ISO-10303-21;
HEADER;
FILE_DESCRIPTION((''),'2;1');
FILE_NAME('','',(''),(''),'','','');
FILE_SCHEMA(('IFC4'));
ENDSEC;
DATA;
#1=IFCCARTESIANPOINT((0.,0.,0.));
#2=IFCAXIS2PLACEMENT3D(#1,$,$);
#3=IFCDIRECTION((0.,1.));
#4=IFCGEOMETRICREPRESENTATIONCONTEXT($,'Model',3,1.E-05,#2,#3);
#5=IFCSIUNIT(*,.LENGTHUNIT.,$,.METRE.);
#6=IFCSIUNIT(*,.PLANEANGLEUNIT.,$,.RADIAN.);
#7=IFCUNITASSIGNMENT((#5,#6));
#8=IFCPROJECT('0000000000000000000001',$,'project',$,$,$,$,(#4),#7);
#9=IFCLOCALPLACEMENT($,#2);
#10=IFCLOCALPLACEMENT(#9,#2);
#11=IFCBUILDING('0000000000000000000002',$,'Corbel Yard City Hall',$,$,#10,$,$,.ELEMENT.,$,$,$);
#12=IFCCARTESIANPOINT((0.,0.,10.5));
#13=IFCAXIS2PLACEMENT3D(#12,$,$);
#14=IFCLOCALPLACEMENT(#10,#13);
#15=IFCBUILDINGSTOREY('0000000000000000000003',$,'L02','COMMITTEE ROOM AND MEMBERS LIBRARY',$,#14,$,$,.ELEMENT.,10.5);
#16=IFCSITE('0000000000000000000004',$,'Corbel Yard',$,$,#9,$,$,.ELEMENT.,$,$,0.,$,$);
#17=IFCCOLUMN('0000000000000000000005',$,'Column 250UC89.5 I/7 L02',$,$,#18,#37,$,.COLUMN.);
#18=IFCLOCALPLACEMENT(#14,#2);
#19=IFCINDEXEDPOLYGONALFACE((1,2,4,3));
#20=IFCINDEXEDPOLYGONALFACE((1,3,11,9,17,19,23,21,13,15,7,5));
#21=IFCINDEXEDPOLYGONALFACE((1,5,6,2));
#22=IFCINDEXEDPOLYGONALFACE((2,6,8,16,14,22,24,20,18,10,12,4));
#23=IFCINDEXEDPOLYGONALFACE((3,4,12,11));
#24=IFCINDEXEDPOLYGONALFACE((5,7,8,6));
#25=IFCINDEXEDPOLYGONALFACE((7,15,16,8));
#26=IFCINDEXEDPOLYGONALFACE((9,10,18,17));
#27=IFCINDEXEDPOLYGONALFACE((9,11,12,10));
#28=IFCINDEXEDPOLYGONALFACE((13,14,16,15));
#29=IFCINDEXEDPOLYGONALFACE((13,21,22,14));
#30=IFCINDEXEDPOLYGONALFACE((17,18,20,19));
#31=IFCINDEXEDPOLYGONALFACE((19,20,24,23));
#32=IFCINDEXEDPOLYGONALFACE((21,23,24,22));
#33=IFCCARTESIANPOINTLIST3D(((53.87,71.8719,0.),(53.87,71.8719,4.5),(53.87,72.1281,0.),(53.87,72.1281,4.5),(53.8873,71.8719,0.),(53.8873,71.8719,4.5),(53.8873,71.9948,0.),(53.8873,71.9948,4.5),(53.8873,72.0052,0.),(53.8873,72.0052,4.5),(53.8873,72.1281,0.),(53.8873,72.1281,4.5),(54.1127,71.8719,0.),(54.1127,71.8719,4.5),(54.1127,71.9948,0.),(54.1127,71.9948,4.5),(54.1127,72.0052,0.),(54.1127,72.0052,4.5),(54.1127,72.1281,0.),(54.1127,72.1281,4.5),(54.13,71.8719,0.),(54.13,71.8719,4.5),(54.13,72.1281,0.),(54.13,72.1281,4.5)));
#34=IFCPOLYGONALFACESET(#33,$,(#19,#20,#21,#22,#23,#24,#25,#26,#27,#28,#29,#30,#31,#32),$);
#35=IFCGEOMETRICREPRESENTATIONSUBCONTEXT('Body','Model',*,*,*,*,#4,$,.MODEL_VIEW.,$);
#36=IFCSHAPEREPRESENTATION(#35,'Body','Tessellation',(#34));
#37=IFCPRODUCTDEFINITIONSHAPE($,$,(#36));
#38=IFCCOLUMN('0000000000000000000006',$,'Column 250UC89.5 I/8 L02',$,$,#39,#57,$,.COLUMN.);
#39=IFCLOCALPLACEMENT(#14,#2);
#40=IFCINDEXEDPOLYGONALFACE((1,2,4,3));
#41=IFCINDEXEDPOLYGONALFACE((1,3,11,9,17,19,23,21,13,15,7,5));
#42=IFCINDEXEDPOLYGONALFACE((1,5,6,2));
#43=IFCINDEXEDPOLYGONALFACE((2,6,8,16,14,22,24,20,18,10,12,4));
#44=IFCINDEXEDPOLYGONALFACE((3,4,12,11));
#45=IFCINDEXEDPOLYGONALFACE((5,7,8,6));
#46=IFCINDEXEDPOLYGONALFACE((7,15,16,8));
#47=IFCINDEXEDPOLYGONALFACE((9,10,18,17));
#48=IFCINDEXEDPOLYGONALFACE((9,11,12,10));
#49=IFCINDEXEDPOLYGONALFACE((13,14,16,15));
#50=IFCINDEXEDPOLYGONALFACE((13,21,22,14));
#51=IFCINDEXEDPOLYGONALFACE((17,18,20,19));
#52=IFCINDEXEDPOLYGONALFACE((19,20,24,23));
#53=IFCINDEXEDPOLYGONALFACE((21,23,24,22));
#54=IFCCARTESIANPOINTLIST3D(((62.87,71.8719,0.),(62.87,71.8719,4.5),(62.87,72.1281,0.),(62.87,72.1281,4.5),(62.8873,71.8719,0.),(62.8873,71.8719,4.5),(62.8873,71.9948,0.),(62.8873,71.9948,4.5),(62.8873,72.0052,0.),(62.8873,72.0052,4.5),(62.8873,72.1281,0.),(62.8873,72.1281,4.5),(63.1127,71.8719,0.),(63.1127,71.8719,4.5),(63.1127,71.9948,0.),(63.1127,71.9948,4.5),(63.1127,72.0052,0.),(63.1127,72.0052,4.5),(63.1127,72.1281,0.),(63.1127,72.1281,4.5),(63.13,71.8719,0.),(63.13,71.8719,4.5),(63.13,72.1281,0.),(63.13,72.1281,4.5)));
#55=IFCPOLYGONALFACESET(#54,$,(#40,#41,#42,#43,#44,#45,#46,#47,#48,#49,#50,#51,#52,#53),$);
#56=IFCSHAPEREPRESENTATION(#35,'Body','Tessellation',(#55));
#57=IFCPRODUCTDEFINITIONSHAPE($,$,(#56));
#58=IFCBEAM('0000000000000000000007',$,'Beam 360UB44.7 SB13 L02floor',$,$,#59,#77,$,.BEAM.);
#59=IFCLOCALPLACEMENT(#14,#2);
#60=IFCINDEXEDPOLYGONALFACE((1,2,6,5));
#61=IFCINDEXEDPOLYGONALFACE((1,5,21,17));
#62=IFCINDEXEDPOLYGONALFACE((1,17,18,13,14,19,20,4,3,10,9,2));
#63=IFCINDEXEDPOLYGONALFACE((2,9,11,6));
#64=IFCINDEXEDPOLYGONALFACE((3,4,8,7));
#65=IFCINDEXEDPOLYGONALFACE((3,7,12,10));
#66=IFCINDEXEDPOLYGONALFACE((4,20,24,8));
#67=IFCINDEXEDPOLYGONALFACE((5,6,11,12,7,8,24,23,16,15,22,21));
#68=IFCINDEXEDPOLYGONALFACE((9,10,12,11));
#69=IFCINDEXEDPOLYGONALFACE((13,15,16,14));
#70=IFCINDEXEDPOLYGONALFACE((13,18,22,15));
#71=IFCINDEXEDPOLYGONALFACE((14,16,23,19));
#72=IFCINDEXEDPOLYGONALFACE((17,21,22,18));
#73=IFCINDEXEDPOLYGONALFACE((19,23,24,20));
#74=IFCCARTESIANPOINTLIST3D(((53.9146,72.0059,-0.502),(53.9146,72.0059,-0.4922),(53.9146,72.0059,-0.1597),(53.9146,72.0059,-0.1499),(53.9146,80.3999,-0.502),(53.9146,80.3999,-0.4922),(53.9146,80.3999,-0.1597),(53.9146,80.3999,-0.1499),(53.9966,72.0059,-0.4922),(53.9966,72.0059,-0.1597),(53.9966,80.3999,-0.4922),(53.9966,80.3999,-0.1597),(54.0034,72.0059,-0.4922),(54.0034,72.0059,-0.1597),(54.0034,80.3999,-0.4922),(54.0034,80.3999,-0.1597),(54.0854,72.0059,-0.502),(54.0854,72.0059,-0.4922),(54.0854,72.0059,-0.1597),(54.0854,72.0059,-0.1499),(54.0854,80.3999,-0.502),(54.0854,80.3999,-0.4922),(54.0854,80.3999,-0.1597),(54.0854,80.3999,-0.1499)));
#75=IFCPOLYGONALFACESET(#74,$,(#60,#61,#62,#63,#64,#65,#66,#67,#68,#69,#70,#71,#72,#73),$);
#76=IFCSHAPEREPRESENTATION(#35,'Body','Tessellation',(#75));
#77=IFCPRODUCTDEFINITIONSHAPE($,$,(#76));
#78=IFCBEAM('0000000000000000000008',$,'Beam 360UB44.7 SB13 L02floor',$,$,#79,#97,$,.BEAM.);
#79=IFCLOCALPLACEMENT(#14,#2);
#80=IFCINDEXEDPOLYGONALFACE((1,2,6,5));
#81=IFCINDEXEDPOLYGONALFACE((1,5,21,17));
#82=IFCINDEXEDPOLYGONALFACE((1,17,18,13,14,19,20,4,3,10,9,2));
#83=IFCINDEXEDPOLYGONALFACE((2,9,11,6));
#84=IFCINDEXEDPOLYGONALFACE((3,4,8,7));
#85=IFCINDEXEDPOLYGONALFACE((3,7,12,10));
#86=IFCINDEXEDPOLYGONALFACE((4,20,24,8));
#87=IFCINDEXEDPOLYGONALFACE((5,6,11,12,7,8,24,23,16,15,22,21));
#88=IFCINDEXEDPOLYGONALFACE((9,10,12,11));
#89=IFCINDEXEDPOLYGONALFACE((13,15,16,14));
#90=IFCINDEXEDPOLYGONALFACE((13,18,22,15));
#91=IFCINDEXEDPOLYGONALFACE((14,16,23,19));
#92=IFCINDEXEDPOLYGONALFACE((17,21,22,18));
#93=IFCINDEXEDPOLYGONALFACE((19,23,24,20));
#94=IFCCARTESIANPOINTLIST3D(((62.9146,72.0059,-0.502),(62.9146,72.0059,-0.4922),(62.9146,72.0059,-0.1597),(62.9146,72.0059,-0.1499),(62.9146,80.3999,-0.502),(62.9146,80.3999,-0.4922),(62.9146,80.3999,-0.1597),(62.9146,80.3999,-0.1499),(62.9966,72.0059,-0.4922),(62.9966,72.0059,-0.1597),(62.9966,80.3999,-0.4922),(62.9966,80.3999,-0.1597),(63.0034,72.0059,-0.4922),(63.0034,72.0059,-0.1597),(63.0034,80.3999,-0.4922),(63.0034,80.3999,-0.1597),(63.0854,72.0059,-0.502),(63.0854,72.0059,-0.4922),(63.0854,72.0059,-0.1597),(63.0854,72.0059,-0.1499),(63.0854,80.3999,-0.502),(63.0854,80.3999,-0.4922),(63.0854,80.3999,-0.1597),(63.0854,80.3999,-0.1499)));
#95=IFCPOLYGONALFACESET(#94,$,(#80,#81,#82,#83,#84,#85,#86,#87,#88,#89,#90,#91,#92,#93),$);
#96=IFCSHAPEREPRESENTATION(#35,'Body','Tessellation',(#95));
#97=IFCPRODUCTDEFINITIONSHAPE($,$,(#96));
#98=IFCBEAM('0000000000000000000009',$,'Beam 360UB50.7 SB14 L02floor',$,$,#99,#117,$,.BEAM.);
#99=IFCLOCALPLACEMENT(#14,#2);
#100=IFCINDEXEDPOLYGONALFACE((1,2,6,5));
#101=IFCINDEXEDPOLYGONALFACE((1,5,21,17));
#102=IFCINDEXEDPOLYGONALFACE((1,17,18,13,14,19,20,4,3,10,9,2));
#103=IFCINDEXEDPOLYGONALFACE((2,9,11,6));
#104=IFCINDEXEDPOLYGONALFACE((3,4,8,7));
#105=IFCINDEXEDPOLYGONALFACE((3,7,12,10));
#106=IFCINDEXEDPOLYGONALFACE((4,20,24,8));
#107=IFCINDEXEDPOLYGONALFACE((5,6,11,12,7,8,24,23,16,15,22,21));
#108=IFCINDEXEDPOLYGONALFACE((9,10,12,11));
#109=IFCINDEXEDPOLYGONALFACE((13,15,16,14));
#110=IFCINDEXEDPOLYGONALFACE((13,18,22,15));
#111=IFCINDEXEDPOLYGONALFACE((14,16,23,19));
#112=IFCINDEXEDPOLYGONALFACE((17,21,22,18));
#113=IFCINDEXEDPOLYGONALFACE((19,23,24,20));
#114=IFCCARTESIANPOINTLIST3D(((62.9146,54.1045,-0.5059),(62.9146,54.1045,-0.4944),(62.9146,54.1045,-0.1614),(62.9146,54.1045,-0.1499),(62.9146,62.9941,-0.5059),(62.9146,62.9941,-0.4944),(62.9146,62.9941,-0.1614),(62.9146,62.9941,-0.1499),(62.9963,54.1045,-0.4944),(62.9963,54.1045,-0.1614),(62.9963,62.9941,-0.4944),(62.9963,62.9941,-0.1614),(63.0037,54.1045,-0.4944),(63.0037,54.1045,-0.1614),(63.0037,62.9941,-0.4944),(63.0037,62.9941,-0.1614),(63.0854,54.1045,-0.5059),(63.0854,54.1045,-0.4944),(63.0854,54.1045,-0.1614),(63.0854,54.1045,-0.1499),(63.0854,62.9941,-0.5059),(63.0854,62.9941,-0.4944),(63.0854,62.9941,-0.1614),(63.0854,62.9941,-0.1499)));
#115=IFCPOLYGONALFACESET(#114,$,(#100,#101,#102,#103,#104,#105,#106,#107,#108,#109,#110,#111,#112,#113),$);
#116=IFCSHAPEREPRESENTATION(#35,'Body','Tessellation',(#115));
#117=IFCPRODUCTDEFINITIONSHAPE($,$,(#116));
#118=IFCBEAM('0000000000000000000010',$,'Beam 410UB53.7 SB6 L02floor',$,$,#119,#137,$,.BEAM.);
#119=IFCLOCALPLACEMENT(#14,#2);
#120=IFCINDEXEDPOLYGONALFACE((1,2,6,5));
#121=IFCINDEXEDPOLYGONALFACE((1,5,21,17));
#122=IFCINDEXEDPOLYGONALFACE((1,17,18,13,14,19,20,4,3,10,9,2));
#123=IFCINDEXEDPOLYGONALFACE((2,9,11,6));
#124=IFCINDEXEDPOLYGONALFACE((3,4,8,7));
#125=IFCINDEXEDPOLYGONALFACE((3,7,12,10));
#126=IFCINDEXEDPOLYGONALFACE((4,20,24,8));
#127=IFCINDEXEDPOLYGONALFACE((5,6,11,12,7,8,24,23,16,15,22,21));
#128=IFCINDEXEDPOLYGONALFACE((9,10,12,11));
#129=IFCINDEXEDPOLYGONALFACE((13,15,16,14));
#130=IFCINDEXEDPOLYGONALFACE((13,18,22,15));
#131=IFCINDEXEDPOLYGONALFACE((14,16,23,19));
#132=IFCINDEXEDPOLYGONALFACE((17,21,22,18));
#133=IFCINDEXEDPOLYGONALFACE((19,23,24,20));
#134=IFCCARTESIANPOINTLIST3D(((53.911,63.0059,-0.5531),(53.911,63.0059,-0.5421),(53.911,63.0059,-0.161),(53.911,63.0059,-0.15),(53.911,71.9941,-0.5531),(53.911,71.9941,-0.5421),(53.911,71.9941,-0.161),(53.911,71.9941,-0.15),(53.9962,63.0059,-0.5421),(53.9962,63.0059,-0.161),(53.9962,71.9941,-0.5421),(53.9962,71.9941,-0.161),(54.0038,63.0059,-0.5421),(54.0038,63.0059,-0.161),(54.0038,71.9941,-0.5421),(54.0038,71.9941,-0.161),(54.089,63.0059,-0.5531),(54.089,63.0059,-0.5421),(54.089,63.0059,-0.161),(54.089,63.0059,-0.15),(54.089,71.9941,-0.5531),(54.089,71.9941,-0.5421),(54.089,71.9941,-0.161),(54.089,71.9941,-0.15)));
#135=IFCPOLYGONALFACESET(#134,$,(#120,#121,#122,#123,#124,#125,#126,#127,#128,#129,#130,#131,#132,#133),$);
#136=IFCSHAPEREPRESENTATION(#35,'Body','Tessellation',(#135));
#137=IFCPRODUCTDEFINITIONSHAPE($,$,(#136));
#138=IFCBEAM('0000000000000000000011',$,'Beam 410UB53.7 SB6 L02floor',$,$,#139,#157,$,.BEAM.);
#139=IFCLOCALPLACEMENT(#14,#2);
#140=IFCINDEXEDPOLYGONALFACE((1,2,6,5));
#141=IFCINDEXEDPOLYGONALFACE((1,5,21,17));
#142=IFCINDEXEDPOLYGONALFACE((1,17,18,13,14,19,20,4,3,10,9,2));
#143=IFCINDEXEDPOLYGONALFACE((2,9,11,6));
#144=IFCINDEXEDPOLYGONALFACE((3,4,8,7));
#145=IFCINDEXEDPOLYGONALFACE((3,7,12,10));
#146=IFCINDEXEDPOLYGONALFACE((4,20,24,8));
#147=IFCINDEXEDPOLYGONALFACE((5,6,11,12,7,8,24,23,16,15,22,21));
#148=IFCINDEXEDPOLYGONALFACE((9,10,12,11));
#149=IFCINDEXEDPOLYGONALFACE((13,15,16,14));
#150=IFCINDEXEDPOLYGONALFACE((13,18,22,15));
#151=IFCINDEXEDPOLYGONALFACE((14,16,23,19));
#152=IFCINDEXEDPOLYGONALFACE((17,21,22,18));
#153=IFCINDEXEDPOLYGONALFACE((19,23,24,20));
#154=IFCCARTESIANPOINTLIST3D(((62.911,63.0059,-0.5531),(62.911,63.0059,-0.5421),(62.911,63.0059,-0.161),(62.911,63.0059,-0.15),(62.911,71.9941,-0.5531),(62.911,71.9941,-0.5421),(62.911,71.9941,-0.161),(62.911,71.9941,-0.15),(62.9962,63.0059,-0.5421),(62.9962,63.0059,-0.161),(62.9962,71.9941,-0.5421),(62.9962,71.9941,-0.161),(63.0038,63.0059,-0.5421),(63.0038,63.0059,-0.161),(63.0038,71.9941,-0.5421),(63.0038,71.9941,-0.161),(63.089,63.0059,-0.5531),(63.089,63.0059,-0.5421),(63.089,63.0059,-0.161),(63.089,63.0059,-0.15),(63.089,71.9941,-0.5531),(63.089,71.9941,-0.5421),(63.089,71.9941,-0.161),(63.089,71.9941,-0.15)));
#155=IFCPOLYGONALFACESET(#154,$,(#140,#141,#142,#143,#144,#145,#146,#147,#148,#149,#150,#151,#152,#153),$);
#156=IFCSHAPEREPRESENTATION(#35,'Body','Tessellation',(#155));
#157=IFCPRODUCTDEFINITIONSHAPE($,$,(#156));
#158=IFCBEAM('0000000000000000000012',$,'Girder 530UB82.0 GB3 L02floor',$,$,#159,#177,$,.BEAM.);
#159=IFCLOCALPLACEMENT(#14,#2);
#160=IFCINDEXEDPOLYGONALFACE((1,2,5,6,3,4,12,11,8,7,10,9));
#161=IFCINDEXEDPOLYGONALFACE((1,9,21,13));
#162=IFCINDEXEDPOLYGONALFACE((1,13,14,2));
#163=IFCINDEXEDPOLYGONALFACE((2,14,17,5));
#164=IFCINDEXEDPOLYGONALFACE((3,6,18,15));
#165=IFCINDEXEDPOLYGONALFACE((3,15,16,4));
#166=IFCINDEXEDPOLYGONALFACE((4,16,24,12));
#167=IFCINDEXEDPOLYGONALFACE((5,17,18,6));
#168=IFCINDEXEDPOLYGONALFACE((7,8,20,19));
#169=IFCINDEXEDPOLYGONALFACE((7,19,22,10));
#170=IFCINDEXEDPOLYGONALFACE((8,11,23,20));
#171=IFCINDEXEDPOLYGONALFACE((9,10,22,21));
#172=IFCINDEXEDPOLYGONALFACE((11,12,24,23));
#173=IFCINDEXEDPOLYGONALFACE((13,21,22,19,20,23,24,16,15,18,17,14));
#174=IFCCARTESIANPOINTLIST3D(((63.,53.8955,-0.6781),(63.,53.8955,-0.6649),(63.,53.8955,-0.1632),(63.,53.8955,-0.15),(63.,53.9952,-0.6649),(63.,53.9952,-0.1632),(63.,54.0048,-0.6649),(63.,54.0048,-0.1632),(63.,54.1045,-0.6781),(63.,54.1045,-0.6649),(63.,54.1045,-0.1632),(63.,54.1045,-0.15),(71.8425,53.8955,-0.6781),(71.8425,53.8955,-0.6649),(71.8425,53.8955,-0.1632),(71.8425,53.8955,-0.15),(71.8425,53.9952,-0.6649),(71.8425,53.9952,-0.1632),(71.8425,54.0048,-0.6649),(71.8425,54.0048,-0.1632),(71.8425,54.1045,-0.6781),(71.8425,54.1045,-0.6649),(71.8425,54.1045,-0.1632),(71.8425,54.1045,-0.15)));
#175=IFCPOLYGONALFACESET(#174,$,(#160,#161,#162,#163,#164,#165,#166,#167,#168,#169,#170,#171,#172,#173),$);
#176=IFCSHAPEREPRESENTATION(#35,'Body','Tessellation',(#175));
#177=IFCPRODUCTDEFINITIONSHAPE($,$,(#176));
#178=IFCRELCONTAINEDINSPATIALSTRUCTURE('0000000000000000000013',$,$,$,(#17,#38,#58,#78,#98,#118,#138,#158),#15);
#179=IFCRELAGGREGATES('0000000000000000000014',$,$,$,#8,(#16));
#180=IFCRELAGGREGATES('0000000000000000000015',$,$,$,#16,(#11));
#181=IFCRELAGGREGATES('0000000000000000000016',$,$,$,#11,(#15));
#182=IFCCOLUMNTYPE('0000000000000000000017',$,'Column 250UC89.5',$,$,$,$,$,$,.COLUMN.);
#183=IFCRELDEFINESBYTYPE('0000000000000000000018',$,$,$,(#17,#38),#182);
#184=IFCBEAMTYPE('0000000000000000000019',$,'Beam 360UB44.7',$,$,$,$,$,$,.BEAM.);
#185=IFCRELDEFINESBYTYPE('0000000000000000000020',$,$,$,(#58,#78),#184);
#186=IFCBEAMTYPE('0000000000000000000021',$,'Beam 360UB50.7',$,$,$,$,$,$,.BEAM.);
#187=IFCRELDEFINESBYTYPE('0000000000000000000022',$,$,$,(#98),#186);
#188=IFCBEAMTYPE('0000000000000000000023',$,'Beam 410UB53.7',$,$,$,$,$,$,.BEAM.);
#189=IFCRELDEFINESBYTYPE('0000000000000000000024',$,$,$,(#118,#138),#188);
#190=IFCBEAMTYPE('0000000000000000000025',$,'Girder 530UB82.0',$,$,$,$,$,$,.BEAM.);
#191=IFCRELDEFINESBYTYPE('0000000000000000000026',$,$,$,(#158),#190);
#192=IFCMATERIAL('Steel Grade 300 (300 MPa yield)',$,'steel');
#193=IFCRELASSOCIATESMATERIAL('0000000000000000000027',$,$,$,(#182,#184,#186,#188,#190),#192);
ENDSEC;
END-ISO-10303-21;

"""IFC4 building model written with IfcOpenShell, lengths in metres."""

from ifc_helpers import new_model, si_unit, direction, frame, origin, origin_2d, place, context, subcontext, project, spatial, i_section, extrude, material, material_profile, profile_set, type_object, element, save


model = new_model("IFC4")

# Units and contexts
model_context = context("Model", 3, precision=1e-05, world=origin(), true_north=direction((0.0, 1.0)))
body_context = subcontext(model_context, "Body", "Model", "MODEL_VIEW")
ifc_project = project(units=[si_unit("LENGTHUNIT", "METRE"), si_unit("PLANEANGLEUNIT", "RADIAN")], contexts=[model_context])

# Site, building, storey
site_placement = place(None, origin())
site = spatial("IfcSite", under=ifc_project, at=site_placement, Name="Corbel Yard", CompositionType="ELEMENT", RefElevation=0.0)
building_placement = place(site_placement, origin())
building = spatial("IfcBuilding", under=site, at=building_placement, Name="Corbel Yard City Hall", CompositionType="ELEMENT")
storey_placement = place(building_placement, frame((0.0, 0.0, 10.5)))
storey = spatial("IfcBuildingStorey", under=building, at=storey_placement, Name="L02", Description="COMMITTEE ROOM AND MEMBERS LIBRARY", CompositionType="ELEMENT", Elevation=10.5)

# Columns
ifc_material_1 = material(Name="Steel Grade 300 (300 MPa yield)", Category="steel")
ifc_material_profile_1 = material_profile(ifc_material_1, i_section(OverallWidth=0.2561, OverallDepth=0.26, WebThickness=0.0105, FlangeThickness=0.0173, at=origin_2d()), Name="250UC89.5")
ifc_profile_set_1 = profile_set([ifc_material_profile_1], Name="Steel Grade 300 (300 MPa yield)")
column_type = type_object("IfcColumnType", Name="Column 250UC89.5", PredefinedType="COLUMN", material=ifc_profile_set_1)
for number, where, z_axis, x_axis, name in (
    (1, (54.0, 72.0, 0.0), (0.0, 0.0, 1.0), (0.0, 1.0, 0.0), "Column 250UC89.5 I/7 L02"),
    (2, (63.0, 72.0, 0.0), (0.0, 0.0, 1.0), (0.0, 1.0, 0.0), "Column 250UC89.5 I/8 L02"),
):
    element("IfcColumn", number, at=place(storey_placement, frame(where, z_axis=z_axis, x_axis=x_axis)), inside=storey, type_object=column_type, Name=name, PredefinedType="COLUMN", context=body_context, shape_type="SweptSolid", body=[
        extrude(i_section(OverallWidth=0.2561, OverallDepth=0.26, WebThickness=0.0105, FlangeThickness=0.0173, at=origin_2d()), origin(), (0.0, 0.0, 1.0), 4.5),
    ])

# Beams
ifc_material_profile_2 = material_profile(ifc_material_1, i_section(OverallWidth=0.1709, OverallDepth=0.3521, WebThickness=0.0068, FlangeThickness=0.0098, at=origin_2d()), Name="360UB44.7")
ifc_profile_set_2 = profile_set([ifc_material_profile_2], Name="Steel Grade 300 (300 MPa yield)")
beam_type_1 = type_object("IfcBeamType", Name="Beam 360UB44.7", PredefinedType="BEAM", material=ifc_profile_set_2)
for number, where, z_axis, x_axis, name in (
    (3, (54.0, 72.0059, -0.3259), (0.0, 1.0, 0.0), (-1.0, 0.0, 0.0), "Beam 360UB44.7 SB13 L02floor"),
    (4, (63.0, 72.0059, -0.3259), (0.0, 1.0, 0.0), (-1.0, 0.0, 0.0), "Beam 360UB44.7 SB13 L02floor"),
):
    element("IfcBeam", number, at=place(storey_placement, frame(where, z_axis=z_axis, x_axis=x_axis)), inside=storey, type_object=beam_type_1, Name=name, PredefinedType="BEAM", context=body_context, shape_type="SweptSolid", body=[
        extrude(i_section(OverallWidth=0.1709, OverallDepth=0.3521, WebThickness=0.0068, FlangeThickness=0.0098, at=origin_2d()), origin(), (0.0, 0.0, 1.0), 8.394),
    ])
ifc_material_profile_3 = material_profile(ifc_material_1, i_section(OverallWidth=0.1709, OverallDepth=0.356, WebThickness=0.0073, FlangeThickness=0.0115, at=origin_2d()), Name="360UB50.7")
ifc_profile_set_3 = profile_set([ifc_material_profile_3], Name="Steel Grade 300 (300 MPa yield)")
beam_type_2 = type_object("IfcBeamType", Name="Beam 360UB50.7", PredefinedType="BEAM", material=ifc_profile_set_3)
beam_1_placement = place(storey_placement, frame((63.0, 54.1045, -0.3279), z_axis=(0.0, 1.0, 0.0), x_axis=(-1.0, 0.0, 0.0)))
element("IfcBeam", 5, at=beam_1_placement, inside=storey, type_object=beam_type_2, Name="Beam 360UB50.7 SB14 L02floor", PredefinedType="BEAM", context=body_context, shape_type="SweptSolid", body=[
    extrude(i_section(OverallWidth=0.1709, OverallDepth=0.356, WebThickness=0.0073, FlangeThickness=0.0115, at=origin_2d()), origin(), (0.0, 0.0, 1.0), 8.8896),
])
ifc_material_profile_4 = material_profile(ifc_material_1, i_section(OverallWidth=0.178, OverallDepth=0.4031, WebThickness=0.0076, FlangeThickness=0.011, at=origin_2d()), Name="410UB53.7")
ifc_profile_set_4 = profile_set([ifc_material_profile_4], Name="Steel Grade 300 (300 MPa yield)")
beam_type_3 = type_object("IfcBeamType", Name="Beam 410UB53.7", PredefinedType="BEAM", material=ifc_profile_set_4)
for number, where, z_axis, x_axis, name in (
    (6, (54.0, 63.0059, -0.3516), (0.0, 1.0, 0.0), (-1.0, 0.0, 0.0), "Beam 410UB53.7 SB6 L02floor"),
    (7, (63.0, 63.0059, -0.3516), (0.0, 1.0, 0.0), (-1.0, 0.0, 0.0), "Beam 410UB53.7 SB6 L02floor"),
):
    element("IfcBeam", number, at=place(storey_placement, frame(where, z_axis=z_axis, x_axis=x_axis)), inside=storey, type_object=beam_type_3, Name=name, PredefinedType="BEAM", context=body_context, shape_type="SweptSolid", body=[
        extrude(i_section(OverallWidth=0.178, OverallDepth=0.4031, WebThickness=0.0076, FlangeThickness=0.011, at=origin_2d()), origin(), (0.0, 0.0, 1.0), 8.9883),
    ])
ifc_material_profile_5 = material_profile(ifc_material_1, i_section(OverallWidth=0.209, OverallDepth=0.5281, WebThickness=0.0095, FlangeThickness=0.0132, at=origin_2d()), Name="530UB82.0")
ifc_profile_set_5 = profile_set([ifc_material_profile_5], Name="Steel Grade 300 (300 MPa yield)")
beam_type_4 = type_object("IfcBeamType", Name="Girder 530UB82.0", PredefinedType="BEAM", material=ifc_profile_set_5)
beam_2_placement = place(storey_placement, frame((63.0, 54.0, -0.4141), z_axis=(1.0, 0.0, 0.0), x_axis=(0.0, 1.0, 0.0)))
element("IfcBeam", 8, at=beam_2_placement, inside=storey, type_object=beam_type_4, Name="Girder 530UB82.0 GB3 L02floor", PredefinedType="BEAM", context=body_context, shape_type="SweptSolid", body=[
    extrude(i_section(OverallWidth=0.209, OverallDepth=0.5281, WebThickness=0.0095, FlangeThickness=0.0132, at=origin_2d()), origin(), (0.0, 0.0, 1.0), 8.8425),
])

save(model, "model.ifc")
